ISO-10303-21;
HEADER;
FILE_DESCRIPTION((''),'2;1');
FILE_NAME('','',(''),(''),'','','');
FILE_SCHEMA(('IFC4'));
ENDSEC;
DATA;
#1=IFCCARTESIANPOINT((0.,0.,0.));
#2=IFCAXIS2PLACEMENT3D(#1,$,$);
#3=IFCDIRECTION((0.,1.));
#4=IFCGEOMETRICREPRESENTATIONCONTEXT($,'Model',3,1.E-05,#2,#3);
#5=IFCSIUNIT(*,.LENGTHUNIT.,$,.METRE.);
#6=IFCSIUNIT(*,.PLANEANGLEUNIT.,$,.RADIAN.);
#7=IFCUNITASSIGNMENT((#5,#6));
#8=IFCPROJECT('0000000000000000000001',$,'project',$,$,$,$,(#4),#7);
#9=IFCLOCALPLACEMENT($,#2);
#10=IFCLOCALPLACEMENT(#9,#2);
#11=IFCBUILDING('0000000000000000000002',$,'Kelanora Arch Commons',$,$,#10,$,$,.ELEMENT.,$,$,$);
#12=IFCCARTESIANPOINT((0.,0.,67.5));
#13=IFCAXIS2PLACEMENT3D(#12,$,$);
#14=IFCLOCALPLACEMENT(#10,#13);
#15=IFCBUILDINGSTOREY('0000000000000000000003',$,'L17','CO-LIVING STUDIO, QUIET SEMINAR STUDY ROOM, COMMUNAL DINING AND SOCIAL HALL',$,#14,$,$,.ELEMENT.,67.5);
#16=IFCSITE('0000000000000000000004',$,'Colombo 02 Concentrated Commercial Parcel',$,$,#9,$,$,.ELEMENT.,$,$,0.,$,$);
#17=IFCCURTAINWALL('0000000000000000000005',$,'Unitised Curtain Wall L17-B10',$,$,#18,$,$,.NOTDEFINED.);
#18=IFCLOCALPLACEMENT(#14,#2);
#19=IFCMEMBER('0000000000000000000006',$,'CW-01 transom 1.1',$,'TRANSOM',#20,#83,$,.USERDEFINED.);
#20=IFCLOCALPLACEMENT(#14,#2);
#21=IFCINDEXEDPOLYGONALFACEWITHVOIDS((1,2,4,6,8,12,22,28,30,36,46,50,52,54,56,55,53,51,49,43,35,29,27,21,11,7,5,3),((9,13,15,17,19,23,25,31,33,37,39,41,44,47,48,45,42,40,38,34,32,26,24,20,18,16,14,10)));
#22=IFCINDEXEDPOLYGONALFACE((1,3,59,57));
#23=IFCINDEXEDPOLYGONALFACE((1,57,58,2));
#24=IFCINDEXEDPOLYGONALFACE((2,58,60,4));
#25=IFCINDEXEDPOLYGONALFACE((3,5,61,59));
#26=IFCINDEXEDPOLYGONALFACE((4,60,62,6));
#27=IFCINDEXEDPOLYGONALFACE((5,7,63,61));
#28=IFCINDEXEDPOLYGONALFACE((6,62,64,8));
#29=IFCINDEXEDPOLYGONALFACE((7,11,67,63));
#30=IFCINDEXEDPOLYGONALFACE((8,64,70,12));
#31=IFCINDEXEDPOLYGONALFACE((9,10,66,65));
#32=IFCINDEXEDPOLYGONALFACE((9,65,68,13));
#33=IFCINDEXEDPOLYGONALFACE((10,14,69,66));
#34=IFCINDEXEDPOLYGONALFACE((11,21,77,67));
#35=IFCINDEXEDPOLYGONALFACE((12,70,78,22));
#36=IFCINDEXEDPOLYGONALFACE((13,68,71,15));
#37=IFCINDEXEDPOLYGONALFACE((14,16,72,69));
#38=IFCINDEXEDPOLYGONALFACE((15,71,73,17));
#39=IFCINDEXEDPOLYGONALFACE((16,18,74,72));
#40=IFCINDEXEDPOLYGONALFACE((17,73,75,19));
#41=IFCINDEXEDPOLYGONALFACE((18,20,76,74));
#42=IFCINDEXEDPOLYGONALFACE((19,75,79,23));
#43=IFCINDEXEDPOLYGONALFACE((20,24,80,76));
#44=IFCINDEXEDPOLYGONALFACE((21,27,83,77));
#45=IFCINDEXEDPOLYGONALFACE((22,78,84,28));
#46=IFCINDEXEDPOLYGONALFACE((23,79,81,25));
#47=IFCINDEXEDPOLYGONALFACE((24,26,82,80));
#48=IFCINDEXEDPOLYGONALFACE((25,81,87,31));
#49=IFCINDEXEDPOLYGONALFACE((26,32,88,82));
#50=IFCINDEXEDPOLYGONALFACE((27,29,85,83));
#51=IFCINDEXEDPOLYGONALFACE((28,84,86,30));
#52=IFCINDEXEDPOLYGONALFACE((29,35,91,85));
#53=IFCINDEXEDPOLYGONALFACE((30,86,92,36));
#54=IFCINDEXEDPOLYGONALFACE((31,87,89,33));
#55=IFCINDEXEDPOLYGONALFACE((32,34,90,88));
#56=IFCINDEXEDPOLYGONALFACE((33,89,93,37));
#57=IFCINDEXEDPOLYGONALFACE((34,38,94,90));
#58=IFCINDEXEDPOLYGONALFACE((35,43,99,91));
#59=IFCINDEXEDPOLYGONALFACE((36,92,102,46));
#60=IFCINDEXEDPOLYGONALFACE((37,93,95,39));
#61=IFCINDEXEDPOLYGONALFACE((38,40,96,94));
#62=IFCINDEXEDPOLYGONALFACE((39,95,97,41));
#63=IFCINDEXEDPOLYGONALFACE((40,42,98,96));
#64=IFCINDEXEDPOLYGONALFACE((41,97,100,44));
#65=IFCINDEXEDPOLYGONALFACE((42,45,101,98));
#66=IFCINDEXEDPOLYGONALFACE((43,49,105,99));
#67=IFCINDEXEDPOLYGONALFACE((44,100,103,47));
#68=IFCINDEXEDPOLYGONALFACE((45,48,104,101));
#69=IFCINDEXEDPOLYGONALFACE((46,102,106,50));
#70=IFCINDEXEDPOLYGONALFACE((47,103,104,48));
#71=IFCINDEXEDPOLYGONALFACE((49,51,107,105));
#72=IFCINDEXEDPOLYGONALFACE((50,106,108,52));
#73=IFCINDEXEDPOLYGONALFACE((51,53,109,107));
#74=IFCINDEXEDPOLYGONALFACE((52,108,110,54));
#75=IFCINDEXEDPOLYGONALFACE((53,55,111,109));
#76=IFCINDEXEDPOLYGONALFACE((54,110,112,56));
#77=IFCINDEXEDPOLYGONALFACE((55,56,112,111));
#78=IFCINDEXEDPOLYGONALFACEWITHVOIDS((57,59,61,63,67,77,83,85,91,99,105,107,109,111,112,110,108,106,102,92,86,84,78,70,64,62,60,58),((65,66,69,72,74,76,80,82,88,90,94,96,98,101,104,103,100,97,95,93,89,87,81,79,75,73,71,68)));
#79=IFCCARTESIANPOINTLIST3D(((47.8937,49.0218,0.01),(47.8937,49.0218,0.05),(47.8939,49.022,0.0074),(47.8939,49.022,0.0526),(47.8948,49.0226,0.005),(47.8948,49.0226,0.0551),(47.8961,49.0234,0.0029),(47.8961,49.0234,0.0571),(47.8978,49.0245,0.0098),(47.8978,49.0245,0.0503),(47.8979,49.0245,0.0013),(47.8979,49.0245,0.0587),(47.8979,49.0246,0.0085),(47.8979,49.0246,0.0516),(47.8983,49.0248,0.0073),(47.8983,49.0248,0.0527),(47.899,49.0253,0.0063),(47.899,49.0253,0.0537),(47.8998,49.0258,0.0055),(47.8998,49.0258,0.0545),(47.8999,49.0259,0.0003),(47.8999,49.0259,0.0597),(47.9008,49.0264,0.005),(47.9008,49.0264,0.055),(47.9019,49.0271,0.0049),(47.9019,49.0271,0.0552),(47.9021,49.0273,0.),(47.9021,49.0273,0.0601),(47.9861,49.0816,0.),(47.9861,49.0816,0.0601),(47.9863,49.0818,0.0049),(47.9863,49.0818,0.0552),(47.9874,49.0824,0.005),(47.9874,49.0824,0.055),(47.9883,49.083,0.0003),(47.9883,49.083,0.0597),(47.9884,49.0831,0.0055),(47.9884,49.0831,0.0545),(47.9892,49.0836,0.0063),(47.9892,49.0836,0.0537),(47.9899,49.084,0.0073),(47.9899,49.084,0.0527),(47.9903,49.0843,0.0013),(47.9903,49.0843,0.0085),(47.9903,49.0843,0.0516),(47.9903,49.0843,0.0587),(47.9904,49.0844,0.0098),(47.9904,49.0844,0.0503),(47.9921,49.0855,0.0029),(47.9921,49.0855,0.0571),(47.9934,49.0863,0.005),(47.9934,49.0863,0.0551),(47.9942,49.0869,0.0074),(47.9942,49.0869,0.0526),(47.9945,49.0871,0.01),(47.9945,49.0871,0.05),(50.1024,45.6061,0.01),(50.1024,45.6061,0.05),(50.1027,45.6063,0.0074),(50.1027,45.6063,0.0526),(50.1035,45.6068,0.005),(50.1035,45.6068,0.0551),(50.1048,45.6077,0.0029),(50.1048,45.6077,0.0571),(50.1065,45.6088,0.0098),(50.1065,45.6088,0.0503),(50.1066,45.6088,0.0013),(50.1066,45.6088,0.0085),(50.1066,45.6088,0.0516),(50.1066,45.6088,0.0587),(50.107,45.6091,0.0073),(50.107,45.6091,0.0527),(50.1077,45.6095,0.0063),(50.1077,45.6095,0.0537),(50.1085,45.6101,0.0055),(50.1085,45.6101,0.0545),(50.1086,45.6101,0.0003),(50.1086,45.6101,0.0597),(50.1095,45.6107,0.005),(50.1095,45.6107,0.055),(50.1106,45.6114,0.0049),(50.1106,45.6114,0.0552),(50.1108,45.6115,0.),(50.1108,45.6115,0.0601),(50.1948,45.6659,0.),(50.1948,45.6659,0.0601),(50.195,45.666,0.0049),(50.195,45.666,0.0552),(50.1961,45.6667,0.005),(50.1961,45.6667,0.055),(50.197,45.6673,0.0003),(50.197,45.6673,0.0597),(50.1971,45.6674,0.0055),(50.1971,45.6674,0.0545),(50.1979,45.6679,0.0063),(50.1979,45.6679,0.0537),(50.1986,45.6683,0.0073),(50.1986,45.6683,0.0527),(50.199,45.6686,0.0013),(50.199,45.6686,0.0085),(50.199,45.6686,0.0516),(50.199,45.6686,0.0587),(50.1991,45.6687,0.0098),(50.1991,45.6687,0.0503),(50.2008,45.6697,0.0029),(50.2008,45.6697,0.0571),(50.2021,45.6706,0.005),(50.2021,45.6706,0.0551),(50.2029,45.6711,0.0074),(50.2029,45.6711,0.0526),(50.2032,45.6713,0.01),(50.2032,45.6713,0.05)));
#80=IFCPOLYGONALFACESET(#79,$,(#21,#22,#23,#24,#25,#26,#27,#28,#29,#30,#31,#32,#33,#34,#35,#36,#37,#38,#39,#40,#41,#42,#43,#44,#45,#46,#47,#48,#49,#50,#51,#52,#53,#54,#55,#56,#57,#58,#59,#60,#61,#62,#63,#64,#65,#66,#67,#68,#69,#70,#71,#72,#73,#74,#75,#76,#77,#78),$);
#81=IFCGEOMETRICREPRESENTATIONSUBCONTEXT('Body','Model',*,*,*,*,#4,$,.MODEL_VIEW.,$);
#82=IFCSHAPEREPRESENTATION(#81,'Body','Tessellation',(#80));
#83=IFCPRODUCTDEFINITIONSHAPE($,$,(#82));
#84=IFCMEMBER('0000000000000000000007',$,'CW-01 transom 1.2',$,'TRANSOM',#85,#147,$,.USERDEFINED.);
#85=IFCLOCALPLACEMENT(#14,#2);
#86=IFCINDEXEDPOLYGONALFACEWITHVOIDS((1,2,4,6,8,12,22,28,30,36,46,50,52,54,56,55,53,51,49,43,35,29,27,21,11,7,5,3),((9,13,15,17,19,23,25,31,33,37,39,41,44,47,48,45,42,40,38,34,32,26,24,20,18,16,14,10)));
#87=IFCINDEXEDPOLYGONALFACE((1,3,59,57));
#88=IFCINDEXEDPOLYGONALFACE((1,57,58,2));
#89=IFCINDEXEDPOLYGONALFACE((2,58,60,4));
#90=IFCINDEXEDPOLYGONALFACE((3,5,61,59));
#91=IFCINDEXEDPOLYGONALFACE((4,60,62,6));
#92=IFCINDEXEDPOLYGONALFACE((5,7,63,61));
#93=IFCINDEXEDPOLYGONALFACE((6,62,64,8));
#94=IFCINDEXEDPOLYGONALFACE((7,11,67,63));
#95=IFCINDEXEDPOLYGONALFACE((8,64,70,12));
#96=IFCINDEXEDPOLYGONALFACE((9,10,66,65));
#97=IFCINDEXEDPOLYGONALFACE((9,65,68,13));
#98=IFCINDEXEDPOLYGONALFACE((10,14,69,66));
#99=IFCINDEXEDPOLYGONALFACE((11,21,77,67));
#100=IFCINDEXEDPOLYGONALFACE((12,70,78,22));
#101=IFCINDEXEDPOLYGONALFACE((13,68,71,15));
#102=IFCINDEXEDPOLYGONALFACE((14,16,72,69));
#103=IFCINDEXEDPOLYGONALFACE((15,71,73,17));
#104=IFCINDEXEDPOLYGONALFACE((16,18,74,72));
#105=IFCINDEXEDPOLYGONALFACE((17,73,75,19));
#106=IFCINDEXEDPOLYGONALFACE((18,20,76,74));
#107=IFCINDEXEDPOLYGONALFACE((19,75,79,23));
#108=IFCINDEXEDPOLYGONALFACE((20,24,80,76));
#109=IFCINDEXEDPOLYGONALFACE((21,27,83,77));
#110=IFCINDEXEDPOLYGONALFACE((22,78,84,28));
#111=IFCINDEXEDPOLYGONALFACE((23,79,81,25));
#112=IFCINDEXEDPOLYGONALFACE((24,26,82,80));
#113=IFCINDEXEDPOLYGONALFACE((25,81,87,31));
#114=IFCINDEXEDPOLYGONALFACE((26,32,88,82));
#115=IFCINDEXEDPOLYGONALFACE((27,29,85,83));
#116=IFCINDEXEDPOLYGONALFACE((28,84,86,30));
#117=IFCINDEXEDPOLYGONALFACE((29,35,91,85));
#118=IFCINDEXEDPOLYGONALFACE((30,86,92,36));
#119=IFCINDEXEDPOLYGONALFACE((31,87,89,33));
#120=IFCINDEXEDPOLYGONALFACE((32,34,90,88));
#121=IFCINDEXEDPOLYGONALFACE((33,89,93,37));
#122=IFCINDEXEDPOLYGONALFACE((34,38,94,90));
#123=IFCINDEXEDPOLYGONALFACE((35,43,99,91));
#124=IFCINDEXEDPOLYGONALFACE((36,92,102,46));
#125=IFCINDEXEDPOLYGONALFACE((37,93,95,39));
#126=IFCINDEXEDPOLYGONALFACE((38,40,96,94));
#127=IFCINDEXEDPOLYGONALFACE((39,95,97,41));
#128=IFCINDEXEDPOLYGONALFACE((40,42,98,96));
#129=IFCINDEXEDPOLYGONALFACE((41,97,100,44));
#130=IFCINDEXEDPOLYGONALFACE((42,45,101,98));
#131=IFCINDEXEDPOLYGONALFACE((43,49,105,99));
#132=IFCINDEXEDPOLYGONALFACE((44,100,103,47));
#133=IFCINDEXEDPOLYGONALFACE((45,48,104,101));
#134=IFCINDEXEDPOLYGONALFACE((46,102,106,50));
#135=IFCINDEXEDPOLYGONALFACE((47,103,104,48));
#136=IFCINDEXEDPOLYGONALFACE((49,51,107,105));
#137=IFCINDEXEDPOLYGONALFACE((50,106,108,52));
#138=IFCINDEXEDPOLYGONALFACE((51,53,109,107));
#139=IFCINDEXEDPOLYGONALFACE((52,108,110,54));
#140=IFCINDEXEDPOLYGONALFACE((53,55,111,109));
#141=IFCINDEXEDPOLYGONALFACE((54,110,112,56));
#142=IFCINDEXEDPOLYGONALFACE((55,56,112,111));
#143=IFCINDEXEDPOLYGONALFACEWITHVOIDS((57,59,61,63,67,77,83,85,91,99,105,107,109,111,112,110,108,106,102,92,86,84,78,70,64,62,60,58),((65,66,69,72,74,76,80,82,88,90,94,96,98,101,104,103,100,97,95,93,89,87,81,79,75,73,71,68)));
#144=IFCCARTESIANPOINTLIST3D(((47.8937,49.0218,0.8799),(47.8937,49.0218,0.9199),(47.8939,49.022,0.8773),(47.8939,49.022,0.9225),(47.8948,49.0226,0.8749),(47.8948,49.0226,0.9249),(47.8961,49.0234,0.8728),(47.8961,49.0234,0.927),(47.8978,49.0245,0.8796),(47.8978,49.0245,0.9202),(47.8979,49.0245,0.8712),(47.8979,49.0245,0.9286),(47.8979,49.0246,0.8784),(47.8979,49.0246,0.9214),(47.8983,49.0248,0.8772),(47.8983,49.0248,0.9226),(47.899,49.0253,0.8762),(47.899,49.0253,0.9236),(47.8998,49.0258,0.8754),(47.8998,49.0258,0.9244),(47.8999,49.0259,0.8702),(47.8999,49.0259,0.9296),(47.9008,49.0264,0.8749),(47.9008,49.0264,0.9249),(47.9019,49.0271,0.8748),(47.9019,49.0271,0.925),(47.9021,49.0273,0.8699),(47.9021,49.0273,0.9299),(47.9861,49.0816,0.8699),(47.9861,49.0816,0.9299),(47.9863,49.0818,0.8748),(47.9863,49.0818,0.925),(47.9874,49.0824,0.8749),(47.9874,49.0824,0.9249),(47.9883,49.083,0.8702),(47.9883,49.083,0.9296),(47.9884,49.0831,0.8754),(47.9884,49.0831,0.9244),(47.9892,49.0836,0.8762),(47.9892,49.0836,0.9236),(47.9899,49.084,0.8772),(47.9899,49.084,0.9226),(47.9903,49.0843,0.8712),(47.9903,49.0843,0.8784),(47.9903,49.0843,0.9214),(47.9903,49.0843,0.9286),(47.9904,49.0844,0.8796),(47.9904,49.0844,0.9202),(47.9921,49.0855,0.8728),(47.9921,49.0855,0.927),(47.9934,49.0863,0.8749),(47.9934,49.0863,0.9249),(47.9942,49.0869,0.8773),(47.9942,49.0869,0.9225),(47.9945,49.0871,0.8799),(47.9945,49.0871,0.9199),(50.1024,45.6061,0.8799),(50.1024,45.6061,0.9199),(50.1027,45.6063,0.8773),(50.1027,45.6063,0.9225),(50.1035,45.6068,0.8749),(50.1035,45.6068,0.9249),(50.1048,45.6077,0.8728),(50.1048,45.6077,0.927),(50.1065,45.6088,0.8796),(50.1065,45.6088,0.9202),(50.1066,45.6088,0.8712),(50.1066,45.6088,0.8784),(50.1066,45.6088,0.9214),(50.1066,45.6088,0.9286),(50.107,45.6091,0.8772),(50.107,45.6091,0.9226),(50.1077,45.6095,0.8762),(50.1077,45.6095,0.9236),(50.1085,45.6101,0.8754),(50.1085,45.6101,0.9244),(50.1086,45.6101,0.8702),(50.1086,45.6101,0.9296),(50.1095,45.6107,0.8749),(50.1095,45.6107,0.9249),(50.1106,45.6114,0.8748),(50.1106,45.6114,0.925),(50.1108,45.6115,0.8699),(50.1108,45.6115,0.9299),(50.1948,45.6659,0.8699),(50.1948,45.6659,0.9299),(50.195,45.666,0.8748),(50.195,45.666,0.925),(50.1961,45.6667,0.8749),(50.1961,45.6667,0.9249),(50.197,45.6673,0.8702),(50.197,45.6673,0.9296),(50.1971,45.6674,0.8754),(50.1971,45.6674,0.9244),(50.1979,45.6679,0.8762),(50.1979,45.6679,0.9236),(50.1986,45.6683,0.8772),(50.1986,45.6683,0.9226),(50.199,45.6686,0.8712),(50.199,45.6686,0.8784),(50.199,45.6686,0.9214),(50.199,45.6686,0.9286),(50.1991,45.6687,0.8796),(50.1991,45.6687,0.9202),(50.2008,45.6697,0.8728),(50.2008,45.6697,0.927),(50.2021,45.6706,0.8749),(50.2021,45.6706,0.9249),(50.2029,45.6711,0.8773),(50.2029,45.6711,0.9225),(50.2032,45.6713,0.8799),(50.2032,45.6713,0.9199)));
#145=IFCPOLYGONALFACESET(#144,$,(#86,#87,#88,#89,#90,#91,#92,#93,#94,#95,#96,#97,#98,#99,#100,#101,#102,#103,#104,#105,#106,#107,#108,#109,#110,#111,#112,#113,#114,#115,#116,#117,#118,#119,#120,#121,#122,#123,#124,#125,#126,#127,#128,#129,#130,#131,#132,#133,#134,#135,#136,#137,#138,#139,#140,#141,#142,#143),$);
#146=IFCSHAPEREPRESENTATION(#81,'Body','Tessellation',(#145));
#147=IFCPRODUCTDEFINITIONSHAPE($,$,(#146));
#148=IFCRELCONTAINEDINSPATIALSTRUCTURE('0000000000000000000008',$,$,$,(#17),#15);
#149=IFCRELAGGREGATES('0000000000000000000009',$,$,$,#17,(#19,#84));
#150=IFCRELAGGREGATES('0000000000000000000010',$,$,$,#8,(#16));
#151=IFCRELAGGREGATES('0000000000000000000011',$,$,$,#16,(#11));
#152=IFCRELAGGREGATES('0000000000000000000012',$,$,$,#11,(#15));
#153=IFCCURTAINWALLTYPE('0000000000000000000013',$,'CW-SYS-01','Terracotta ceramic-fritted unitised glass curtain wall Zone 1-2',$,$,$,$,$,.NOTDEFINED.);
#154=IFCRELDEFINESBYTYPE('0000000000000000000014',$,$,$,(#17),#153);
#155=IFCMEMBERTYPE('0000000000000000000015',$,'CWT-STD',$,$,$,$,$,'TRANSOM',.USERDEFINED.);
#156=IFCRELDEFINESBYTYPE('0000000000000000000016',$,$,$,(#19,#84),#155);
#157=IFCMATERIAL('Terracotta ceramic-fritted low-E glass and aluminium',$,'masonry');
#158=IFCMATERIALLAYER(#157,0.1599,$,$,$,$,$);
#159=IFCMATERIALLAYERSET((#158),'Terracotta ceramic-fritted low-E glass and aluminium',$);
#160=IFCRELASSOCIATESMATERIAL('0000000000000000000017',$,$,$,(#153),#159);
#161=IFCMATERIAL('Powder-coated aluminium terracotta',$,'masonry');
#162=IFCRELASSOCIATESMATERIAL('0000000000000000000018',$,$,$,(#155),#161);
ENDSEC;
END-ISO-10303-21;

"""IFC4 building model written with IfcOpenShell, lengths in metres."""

from ifc_helpers import new_model, si_unit, direction, frame, origin, origin_2d, place, context, subcontext, project, spatial, hollow_rectangle, extrude, material, layer, layer_set, material_profile, profile_set, type_object, element, aggregate, save


model = new_model("IFC4")

# Units and contexts
model_context = context("Model", 3, precision=1e-05, world=origin(), true_north=direction((0.0, 1.0)))
body_context = subcontext(model_context, "Body", "Model", "MODEL_VIEW")
ifc_project = project(units=[si_unit("LENGTHUNIT", "METRE"), si_unit("PLANEANGLEUNIT", "RADIAN")], contexts=[model_context])

# Site, building, storey
site_placement = place(None, origin())
site = spatial("IfcSite", under=ifc_project, at=site_placement, Name="Colombo 02 Concentrated Commercial Parcel", CompositionType="ELEMENT", RefElevation=0.0)
building_placement = place(site_placement, origin())
building = spatial("IfcBuilding", under=site, at=building_placement, Name="Kelanora Arch Commons", CompositionType="ELEMENT")
storey_placement = place(building_placement, frame((0.0, 0.0, 67.5)))
storey = spatial("IfcBuildingStorey", under=building, at=storey_placement, Name="L17", Description="CO-LIVING STUDIO, QUIET SEMINAR STUDY ROOM, COMMUNAL DINING AND SOCIAL HALL", CompositionType="ELEMENT", Elevation=67.5)

# Curtain wall, members
ifc_material_1 = material(Name="Terracotta ceramic-fritted low-E glass and aluminium", Category="masonry")
ifc_layer_1 = layer(ifc_material_1, 0.1599)
ifc_layer_set_1 = layer_set([ifc_layer_1], Name="Terracotta ceramic-fritted low-E glass and aluminium")
curtain_wall_type = type_object("IfcCurtainWallType", Name="CW-SYS-01", Description="Terracotta ceramic-fritted unitised glass curtain wall Zone 1-2", PredefinedType="NOTDEFINED", material=ifc_layer_set_1)
curtain_wall_placement = place(storey_placement, origin())
curtain_wall = element("IfcCurtainWall", 1, at=curtain_wall_placement, inside=storey, type_object=curtain_wall_type, Name="Unitised Curtain Wall L17-B10", PredefinedType="NOTDEFINED")
ifc_material_2 = material(Name="Powder-coated aluminium terracotta", Category="masonry")
ifc_material_profile_1 = material_profile(ifc_material_2, hollow_rectangle(XDim=0.1201, YDim=0.0601, WallThickness=0.0049, InnerFilletRadius=0.0049, OuterFilletRadius=0.01, at=origin_2d()), Name="CWT120x60")
ifc_profile_set_1 = profile_set([ifc_material_profile_1], Name="Powder-coated aluminium terracotta")
member_type_1 = type_object("IfcMemberType", Name="CWT-STD", ElementType="TRANSOM", PredefinedType="USERDEFINED", material=ifc_profile_set_1)
member_1_placement = place(storey_placement, frame((47.9441, 49.0544, 0.03), z_axis=(0.542997, -0.839734, 0.0), x_axis=(0.839734, 0.542997, 0.0)))
member_1 = element("IfcMember", 2, at=member_1_placement, type_object=member_type_1, Name="CW-01 transom 1.1", ObjectType="TRANSOM", PredefinedType="USERDEFINED", context=body_context, shape_type="SweptSolid", body=[
    extrude(hollow_rectangle(XDim=0.1201, YDim=0.0601, WallThickness=0.0049, InnerFilletRadius=0.0049, OuterFilletRadius=0.01, at=origin_2d()), origin(), (0.0, 0.0, 1.0), 4.0676),
])
member_2_placement = place(storey_placement, frame((47.9441, 49.0544, 0.8999), z_axis=(0.542997, -0.839734, 0.0), x_axis=(0.839734, 0.542997, 0.0)))
member_2 = element("IfcMember", 3, at=member_2_placement, type_object=member_type_1, Name="CW-01 transom 1.2", ObjectType="TRANSOM", PredefinedType="USERDEFINED", context=body_context, shape_type="SweptSolid", body=[
    extrude(hollow_rectangle(XDim=0.1201, YDim=0.0601, WallThickness=0.0049, InnerFilletRadius=0.0049, OuterFilletRadius=0.01, at=origin_2d()), origin(), (0.0, 0.0, 1.0), 4.0676),
])

aggregate(curtain_wall, [member_1, member_2])

save(model, "model.ifc")
